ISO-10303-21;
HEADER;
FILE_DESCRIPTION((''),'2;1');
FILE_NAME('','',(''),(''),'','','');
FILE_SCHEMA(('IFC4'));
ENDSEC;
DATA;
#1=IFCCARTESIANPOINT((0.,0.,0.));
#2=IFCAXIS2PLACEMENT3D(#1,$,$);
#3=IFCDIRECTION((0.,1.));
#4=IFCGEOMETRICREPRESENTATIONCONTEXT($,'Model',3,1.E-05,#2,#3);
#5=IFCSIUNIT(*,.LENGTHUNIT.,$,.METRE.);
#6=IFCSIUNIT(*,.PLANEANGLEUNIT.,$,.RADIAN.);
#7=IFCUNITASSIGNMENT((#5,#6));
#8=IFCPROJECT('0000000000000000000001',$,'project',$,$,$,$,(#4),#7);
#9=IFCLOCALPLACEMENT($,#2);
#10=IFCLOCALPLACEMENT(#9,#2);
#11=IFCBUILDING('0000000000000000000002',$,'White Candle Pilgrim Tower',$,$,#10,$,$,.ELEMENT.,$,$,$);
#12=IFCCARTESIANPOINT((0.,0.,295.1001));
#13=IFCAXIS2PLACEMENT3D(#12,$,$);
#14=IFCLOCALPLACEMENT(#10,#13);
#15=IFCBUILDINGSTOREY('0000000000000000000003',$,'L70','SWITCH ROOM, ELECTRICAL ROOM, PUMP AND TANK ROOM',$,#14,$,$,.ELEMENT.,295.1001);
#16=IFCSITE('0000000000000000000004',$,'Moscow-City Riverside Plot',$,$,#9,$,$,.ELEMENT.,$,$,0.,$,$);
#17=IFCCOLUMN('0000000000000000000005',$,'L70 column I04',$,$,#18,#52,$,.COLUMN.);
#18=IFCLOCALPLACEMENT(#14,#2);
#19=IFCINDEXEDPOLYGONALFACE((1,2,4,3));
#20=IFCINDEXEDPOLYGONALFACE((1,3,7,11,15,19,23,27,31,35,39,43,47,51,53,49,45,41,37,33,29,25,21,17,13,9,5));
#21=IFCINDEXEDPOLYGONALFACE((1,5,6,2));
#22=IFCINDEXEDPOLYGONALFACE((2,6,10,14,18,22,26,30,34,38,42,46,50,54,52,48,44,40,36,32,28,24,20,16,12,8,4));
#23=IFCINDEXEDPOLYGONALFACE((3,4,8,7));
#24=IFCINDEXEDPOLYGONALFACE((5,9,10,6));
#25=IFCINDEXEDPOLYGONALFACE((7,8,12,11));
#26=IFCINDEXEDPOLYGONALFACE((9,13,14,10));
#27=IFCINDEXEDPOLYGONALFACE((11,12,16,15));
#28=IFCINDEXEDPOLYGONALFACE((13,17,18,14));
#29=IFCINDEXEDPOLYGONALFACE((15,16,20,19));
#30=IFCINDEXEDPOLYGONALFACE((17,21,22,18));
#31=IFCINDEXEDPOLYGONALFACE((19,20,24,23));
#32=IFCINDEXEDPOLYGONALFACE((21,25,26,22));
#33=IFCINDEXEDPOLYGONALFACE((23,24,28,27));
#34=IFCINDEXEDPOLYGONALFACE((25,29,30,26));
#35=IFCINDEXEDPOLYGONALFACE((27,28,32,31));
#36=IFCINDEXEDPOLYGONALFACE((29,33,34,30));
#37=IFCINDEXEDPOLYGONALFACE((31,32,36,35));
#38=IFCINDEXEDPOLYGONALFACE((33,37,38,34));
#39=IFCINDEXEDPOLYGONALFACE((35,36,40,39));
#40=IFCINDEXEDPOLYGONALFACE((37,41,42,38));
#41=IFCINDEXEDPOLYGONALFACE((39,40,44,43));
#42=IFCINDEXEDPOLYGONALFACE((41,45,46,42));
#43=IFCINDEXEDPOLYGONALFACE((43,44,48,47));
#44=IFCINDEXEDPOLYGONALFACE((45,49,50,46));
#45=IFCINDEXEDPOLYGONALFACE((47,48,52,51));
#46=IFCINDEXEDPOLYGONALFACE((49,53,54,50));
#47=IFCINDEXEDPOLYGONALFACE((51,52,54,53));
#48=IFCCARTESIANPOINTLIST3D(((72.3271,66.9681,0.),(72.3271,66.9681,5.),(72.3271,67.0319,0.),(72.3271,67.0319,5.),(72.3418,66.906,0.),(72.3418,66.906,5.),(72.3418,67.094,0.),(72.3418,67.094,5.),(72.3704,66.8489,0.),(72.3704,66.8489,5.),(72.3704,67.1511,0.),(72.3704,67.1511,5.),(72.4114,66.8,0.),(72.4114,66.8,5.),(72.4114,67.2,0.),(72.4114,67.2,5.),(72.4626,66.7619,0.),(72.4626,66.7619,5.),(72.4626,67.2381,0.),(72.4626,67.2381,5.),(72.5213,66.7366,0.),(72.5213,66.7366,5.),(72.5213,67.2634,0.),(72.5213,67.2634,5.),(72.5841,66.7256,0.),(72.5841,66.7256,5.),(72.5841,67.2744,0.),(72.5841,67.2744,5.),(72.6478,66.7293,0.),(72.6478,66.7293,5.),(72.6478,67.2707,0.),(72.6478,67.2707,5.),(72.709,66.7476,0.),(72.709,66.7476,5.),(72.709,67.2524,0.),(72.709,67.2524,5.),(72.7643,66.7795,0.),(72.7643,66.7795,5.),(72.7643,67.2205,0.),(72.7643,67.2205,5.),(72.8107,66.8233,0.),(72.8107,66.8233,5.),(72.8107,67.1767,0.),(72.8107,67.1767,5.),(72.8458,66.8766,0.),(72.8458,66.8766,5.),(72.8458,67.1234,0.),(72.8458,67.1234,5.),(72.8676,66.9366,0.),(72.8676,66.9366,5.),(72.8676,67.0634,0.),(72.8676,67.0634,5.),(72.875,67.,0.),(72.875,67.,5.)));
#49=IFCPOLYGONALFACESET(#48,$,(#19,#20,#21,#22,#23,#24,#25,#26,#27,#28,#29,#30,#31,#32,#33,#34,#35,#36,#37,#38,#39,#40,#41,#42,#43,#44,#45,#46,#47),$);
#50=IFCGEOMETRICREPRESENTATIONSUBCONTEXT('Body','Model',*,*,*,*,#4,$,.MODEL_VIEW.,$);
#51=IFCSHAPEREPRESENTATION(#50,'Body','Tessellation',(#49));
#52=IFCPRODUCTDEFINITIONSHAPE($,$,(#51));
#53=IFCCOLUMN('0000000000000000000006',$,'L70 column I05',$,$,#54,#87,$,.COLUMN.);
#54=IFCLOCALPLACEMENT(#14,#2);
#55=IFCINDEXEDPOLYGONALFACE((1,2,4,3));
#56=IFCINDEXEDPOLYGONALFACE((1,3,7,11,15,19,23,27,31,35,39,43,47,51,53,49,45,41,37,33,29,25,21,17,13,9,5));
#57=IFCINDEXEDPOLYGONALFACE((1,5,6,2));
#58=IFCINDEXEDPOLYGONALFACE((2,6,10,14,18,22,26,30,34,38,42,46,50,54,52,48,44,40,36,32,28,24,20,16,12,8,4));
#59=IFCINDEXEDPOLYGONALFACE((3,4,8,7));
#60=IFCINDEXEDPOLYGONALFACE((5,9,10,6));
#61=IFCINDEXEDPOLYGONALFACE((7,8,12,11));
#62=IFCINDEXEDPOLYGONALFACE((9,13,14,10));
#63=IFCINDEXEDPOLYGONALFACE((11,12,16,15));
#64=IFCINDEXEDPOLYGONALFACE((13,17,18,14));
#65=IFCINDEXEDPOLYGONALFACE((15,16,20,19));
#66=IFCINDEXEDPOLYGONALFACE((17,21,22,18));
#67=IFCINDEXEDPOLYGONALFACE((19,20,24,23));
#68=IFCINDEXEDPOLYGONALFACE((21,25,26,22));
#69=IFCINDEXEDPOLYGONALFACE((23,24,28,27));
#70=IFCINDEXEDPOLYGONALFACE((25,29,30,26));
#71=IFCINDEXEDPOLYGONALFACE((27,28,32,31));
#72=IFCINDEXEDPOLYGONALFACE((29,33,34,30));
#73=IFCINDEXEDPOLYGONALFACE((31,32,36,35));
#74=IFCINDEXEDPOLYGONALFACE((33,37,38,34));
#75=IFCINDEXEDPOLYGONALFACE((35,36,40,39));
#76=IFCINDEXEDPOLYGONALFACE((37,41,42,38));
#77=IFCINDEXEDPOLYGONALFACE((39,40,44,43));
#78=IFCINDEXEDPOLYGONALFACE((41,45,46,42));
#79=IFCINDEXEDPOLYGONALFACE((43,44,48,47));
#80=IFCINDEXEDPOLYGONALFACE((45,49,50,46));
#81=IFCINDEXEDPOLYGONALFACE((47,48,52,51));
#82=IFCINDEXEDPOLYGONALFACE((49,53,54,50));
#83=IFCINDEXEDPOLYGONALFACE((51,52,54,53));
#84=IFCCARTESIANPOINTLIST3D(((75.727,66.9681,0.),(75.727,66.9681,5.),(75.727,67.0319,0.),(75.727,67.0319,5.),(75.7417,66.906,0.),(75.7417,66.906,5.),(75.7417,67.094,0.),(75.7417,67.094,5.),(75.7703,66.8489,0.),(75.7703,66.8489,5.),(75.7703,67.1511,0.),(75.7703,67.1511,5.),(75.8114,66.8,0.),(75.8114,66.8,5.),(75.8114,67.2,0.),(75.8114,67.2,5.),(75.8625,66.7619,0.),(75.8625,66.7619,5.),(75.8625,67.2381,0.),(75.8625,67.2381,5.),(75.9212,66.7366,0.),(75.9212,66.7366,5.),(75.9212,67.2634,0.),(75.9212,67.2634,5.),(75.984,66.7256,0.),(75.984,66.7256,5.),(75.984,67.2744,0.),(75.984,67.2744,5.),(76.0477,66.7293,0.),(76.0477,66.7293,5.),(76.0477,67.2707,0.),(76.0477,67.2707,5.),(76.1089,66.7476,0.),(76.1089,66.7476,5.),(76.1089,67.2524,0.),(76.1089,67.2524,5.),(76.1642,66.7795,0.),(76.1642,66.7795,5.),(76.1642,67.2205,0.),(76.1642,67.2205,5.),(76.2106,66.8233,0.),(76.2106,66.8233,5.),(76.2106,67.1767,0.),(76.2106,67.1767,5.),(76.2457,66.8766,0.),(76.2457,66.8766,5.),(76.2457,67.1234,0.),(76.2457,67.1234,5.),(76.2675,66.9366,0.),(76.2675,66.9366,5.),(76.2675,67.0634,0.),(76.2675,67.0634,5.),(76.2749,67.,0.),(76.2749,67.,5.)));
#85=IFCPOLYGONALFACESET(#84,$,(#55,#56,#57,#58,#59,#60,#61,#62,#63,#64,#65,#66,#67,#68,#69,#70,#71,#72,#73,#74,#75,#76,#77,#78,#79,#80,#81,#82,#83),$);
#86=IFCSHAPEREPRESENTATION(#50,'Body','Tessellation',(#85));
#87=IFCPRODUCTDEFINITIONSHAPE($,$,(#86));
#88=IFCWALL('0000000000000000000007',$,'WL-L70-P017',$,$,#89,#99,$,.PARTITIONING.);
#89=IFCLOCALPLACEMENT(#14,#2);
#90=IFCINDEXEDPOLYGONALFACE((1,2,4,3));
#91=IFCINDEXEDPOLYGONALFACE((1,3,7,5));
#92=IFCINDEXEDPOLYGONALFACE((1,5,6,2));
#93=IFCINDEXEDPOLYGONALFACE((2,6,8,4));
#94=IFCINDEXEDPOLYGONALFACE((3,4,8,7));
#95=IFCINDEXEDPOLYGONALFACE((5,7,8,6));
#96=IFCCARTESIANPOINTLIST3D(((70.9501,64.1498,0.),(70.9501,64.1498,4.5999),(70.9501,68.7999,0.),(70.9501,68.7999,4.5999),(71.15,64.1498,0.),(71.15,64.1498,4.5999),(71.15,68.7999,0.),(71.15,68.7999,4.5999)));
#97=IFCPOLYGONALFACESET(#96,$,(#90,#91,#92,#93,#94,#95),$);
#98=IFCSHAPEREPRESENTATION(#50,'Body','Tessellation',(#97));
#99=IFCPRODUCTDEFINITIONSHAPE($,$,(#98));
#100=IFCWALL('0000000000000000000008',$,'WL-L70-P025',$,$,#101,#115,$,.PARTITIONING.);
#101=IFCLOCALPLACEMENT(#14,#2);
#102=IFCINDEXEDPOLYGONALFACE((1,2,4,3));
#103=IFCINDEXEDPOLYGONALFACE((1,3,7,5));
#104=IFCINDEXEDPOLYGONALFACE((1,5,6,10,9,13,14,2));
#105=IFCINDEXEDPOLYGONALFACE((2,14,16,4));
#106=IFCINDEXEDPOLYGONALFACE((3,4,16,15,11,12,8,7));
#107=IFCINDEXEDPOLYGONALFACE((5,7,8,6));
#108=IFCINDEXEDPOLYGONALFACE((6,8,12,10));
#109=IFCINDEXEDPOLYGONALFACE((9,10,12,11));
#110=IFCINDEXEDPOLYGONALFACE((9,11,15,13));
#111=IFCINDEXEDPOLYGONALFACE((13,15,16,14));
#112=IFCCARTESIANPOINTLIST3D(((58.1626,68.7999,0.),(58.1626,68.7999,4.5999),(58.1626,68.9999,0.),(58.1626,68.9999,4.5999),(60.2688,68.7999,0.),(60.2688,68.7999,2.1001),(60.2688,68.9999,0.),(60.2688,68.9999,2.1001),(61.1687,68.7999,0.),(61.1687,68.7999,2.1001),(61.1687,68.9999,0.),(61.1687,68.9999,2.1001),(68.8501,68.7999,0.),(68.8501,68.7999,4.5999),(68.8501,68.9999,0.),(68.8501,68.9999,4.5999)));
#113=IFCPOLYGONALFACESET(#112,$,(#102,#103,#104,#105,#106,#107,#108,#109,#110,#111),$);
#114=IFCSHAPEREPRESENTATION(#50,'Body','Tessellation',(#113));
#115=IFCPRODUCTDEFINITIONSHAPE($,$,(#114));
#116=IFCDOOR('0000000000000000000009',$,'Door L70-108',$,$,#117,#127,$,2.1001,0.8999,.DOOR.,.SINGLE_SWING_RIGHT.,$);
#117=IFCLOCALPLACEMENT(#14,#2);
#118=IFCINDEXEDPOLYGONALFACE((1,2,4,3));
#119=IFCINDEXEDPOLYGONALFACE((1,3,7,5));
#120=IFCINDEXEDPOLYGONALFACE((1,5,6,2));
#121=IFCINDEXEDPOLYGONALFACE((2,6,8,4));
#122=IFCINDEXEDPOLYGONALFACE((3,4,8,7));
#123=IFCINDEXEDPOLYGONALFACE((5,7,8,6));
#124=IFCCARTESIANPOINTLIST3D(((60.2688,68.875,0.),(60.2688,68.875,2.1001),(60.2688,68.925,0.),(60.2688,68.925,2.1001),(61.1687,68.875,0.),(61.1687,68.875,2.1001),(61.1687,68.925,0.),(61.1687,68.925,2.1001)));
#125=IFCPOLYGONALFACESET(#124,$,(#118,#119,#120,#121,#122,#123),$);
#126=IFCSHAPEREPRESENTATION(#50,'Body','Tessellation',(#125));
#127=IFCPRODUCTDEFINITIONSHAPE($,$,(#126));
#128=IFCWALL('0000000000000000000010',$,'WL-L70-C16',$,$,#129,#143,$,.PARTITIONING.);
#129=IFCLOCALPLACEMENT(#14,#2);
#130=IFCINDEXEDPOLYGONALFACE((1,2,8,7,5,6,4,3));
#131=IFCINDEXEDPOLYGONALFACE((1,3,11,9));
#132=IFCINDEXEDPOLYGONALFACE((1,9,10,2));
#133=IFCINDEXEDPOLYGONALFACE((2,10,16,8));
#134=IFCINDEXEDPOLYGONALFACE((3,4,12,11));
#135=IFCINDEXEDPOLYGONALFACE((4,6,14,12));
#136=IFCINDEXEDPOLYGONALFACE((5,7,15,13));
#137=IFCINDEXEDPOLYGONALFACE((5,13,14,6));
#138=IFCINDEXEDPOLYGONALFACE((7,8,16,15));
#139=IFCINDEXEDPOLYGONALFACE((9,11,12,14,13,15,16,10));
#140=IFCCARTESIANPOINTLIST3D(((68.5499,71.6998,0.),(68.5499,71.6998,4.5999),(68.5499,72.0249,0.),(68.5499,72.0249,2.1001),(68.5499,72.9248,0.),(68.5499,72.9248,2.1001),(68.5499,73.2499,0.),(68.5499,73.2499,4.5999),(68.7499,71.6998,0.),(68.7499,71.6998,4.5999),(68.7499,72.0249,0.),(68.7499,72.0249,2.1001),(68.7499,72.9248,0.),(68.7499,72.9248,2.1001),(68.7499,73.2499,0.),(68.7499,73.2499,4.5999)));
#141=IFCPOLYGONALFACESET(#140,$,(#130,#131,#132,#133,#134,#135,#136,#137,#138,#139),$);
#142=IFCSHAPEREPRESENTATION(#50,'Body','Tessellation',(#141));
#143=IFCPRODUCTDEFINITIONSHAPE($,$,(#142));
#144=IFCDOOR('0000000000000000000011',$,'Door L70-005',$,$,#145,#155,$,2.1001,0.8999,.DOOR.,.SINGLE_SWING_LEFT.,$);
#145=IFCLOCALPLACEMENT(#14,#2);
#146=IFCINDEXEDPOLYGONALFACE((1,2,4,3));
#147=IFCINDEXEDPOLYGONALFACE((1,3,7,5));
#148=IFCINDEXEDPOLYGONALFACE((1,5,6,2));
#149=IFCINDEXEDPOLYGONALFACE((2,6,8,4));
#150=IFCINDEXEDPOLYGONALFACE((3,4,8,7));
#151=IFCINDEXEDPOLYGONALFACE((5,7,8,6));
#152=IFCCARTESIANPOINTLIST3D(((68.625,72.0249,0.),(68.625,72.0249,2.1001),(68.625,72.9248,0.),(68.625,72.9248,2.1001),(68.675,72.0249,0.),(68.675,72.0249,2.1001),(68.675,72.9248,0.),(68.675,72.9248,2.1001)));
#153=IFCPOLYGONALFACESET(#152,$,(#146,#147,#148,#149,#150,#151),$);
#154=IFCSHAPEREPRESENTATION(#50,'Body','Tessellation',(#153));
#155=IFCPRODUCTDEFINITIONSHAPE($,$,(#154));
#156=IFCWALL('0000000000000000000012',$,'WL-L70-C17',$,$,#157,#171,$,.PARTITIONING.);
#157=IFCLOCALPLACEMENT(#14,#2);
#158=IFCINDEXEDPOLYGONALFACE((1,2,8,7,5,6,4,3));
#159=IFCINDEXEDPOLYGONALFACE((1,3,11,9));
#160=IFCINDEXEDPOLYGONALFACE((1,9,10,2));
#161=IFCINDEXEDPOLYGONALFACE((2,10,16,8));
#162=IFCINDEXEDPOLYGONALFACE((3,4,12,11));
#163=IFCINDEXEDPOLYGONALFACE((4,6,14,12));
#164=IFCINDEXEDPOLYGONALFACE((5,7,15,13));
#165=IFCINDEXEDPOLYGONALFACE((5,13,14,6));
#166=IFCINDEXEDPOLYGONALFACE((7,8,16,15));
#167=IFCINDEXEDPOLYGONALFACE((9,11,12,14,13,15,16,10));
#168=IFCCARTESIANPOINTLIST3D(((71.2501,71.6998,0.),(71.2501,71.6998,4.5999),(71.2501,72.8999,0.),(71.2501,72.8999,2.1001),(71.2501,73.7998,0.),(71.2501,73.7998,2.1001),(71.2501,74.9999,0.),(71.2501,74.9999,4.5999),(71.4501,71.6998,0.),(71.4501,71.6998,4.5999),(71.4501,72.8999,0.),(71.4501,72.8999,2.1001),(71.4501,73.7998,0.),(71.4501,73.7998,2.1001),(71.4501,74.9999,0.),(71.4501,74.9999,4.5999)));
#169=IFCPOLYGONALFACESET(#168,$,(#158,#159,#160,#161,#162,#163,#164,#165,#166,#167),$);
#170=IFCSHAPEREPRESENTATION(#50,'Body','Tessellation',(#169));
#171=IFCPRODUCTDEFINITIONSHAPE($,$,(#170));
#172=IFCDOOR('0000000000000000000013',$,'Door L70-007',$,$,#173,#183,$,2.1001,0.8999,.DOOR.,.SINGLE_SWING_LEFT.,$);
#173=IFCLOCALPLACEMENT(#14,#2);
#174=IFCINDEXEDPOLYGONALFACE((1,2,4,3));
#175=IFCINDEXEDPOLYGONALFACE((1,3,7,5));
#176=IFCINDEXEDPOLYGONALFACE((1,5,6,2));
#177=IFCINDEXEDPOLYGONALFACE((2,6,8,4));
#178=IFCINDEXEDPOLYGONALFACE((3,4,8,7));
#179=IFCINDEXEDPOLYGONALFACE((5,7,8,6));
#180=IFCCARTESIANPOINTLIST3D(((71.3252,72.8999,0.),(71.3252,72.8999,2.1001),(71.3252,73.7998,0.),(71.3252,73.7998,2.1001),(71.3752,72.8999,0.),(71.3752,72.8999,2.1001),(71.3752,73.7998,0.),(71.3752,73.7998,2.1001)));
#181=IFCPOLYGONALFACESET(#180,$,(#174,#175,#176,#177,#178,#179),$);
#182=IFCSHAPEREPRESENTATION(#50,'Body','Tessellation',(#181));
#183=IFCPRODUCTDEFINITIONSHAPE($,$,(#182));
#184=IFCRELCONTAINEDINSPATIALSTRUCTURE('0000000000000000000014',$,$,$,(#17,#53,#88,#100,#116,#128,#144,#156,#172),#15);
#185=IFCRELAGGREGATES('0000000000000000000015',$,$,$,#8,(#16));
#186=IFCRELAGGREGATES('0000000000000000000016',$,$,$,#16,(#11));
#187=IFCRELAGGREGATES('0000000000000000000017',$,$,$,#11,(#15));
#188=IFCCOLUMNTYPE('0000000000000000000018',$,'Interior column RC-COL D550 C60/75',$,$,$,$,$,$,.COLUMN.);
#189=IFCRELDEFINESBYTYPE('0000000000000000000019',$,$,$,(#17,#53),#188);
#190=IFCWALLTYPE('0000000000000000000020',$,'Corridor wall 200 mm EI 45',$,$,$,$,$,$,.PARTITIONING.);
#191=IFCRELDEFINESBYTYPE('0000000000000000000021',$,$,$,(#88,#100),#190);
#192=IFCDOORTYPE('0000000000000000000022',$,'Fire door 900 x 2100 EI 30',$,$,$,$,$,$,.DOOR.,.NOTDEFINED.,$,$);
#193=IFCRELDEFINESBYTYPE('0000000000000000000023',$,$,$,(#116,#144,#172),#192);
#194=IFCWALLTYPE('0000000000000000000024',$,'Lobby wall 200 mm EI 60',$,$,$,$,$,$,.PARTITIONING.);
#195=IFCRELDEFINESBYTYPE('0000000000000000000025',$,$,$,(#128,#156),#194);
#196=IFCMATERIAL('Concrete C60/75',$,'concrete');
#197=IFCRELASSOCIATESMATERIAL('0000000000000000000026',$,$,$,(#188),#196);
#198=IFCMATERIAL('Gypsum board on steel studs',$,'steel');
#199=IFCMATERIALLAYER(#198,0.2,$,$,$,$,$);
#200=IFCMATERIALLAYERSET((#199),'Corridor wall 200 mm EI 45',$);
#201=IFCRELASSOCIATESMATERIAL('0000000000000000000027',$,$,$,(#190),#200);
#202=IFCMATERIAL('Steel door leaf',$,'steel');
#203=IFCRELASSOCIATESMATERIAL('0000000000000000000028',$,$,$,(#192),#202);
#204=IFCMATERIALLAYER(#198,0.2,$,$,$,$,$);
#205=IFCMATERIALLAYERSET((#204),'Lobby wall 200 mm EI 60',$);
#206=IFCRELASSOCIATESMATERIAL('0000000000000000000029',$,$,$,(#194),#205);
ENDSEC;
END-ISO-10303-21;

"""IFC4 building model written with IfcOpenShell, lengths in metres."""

from ifc_helpers import new_model, si_unit, direction, frame, frame_2d, origin, origin_2d, place, context, subcontext, project, spatial, rectangle, circle, extrude, material, layer, layer_set, material_profile, profile_set, type_object, element, fill, save


model = new_model("IFC4")

# Units and contexts
model_context = context("Model", 3, precision=1e-05, world=origin(), true_north=direction((0.0, 1.0)))
body_context = subcontext(model_context, "Body", "Model", "MODEL_VIEW")
ifc_project = project(units=[si_unit("LENGTHUNIT", "METRE"), si_unit("PLANEANGLEUNIT", "RADIAN")], contexts=[model_context])

# Site, building, storey
site_placement = place(None, origin())
site = spatial("IfcSite", under=ifc_project, at=site_placement, Name="Moscow-City Riverside Plot", CompositionType="ELEMENT", RefElevation=0.0)
building_placement = place(site_placement, origin())
building = spatial("IfcBuilding", under=site, at=building_placement, Name="White Candle Pilgrim Tower", CompositionType="ELEMENT")
storey_placement = place(building_placement, frame((0.0, 0.0, 295.1001)))
storey = spatial("IfcBuildingStorey", under=building, at=storey_placement, Name="L70", Description="SWITCH ROOM, ELECTRICAL ROOM, PUMP AND TANK ROOM", CompositionType="ELEMENT", Elevation=295.1001)

# Columns
ifc_material_1 = material(Name="Concrete C60/75", Category="concrete")
ifc_material_profile = material_profile(ifc_material_1, circle(Radius=0.2749, at=origin_2d()), Name="RC-COL D550")
ifc_profile_set = profile_set([ifc_material_profile], Name="Concrete C60/75")
column_type = type_object("IfcColumnType", Name="Interior column RC-COL D550 C60/75", PredefinedType="COLUMN", material=ifc_profile_set)
for number, where, z_axis, x_axis, name in (
    (1, (72.6001, 67.0, 0.0), (0.0, 0.0, 1.0), (1.0, 0.0, 0.0), "L70 column I04"),
    (2, (76.0, 67.0, 0.0), (0.0, 0.0, 1.0), (1.0, 0.0, 0.0), "L70 column I05"),
):
    element("IfcColumn", number, at=place(storey_placement, frame(where, z_axis=z_axis, x_axis=x_axis)), inside=storey, type_object=column_type, Name=name, PredefinedType="COLUMN", context=body_context, shape_type="SweptSolid", body=[
        extrude(circle(Radius=0.2749, at=origin_2d()), origin(), (0.0, 0.0, 1.0), 5.0),
    ])

# Wall
ifc_material_2 = material(Name="Gypsum board on steel studs", Category="steel")
ifc_layer_1 = layer(ifc_material_2, 0.2)
ifc_layer_set_1 = layer_set([ifc_layer_1], Name="Corridor wall 200 mm EI 45")
wall_type_1 = type_object("IfcWallType", Name="Corridor wall 200 mm EI 45", PredefinedType="PARTITIONING", material=ifc_layer_set_1)
wall_1_placement = place(storey_placement, frame((71.05, 68.8, 0.0), z_axis=(0.0, 0.0, 1.0), x_axis=(0.0, -1.0, 0.0)))
element("IfcWall", 3, at=wall_1_placement, inside=storey, type_object=wall_type_1, Name="WL-L70-P017", PredefinedType="PARTITIONING", context=body_context, shape_type="SweptSolid", body=[
    extrude(rectangle(XDim=4.6501, YDim=0.2, at=frame_2d((2.3252, 0.0))), origin(), (0.0, 0.0, 1.0), 4.5999),
])

# Walls, openings, doors
wall_2_placement = place(storey_placement, frame((68.8501, 68.8999, 0.0), z_axis=(0.0, 0.0, 1.0), x_axis=(-1.0, 0.0, 0.0)))
wall_2 = element("IfcWall", 4, at=wall_2_placement, inside=storey, type_object=wall_type_1, Name="WL-L70-P025", PredefinedType="PARTITIONING", context=body_context, shape_type="SweptSolid", body=[
    extrude(rectangle(XDim=10.6875, YDim=0.2, at=frame_2d((5.3438, 0.0))), origin(), (0.0, 0.0, 1.0), 4.5999),
])
opening_1_placement = place(wall_2_placement, frame((7.6814, 0.0, 0.0)))
opening_1 = element("IfcOpeningElement", 5, at=opening_1_placement, cuts=wall_2, PredefinedType="OPENING", context=body_context, shape_type="SweptSolid", body=[
    extrude(rectangle(XDim=0.8999, YDim=2.1001, at=frame_2d((0.45, 1.05))), frame((0.0, 0.1099, 0.0), z_axis=(0.0, -1.0, 0.0), x_axis=(1.0, 0.0, 0.0)), (0.0, 0.0, 1.0), 0.22),
])
ifc_material_3 = material(Name="Steel door leaf", Category="steel")
door_type = type_object("IfcDoorType", Name="Fire door 900 x 2100 EI 30", OperationType="NOTDEFINED", PredefinedType="DOOR", material=ifc_material_3)
door_1_placement = place(opening_1_placement, origin())
door_1 = element("IfcDoor", 6, at=door_1_placement, inside=storey, type_object=door_type, Name="Door L70-108", OperationType="SINGLE_SWING_RIGHT", OverallHeight=2.1001, OverallWidth=0.8999, PredefinedType="DOOR", context=body_context, shape_type="SweptSolid", body=[
    extrude(rectangle(XDim=0.8999, YDim=2.1001, at=frame_2d((0.45, 1.05))), frame((0.0, 0.0249, 0.0), z_axis=(0.0, -1.0, 0.0), x_axis=(1.0, 0.0, 0.0)), (0.0, 0.0, 1.0), 0.05),
])
fill(opening_1, door_1)
ifc_layer_2 = layer(ifc_material_2, 0.2)
ifc_layer_set_2 = layer_set([ifc_layer_2], Name="Lobby wall 200 mm EI 60")
wall_type_2 = type_object("IfcWallType", Name="Lobby wall 200 mm EI 60", PredefinedType="PARTITIONING", material=ifc_layer_set_2)
wall_3_placement = place(storey_placement, frame((68.6499, 71.7, 0.0), z_axis=(0.0, 0.0, 1.0), x_axis=(0.0, 1.0, 0.0)))
wall_3 = element("IfcWall", 7, at=wall_3_placement, inside=storey, type_object=wall_type_2, Name="WL-L70-C16", PredefinedType="PARTITIONING", context=body_context, shape_type="SweptSolid", body=[
    extrude(rectangle(XDim=1.55, YDim=0.2, at=frame_2d((0.7749, 0.0))), origin(), (0.0, 0.0, 1.0), 4.5999),
])
opening_2_placement = place(wall_3_placement, frame((0.325, 0.0, 0.0)))
opening_2 = element("IfcOpeningElement", 8, at=opening_2_placement, cuts=wall_3, PredefinedType="OPENING", context=body_context, shape_type="SweptSolid", body=[
    extrude(rectangle(XDim=0.8999, YDim=2.1001, at=frame_2d((0.45, 1.05))), frame((0.0, 0.1099, 0.0), z_axis=(0.0, -1.0, 0.0), x_axis=(1.0, 0.0, 0.0)), (0.0, 0.0, 1.0), 0.22),
])
door_2_placement = place(opening_2_placement, origin())
door_2 = element("IfcDoor", 9, at=door_2_placement, inside=storey, type_object=door_type, Name="Door L70-005", OperationType="SINGLE_SWING_LEFT", OverallHeight=2.1001, OverallWidth=0.8999, PredefinedType="DOOR", context=body_context, shape_type="SweptSolid", body=[
    extrude(rectangle(XDim=0.8999, YDim=2.1001, at=frame_2d((0.45, 1.05))), frame((0.0, 0.0249, 0.0), z_axis=(0.0, -1.0, 0.0), x_axis=(1.0, 0.0, 0.0)), (0.0, 0.0, 1.0), 0.05),
])
fill(opening_2, door_2)
wall_4_placement = place(storey_placement, frame((71.3501, 71.7, 0.0), z_axis=(0.0, 0.0, 1.0), x_axis=(0.0, 1.0, 0.0)))
wall_4 = element("IfcWall", 10, at=wall_4_placement, inside=storey, type_object=wall_type_2, Name="WL-L70-C17", PredefinedType="PARTITIONING", context=body_context, shape_type="SweptSolid", body=[
    extrude(rectangle(XDim=3.3, YDim=0.2, at=frame_2d((1.6499, 0.0))), origin(), (0.0, 0.0, 1.0), 4.5999),
])
opening_3_placement = place(wall_4_placement, frame((1.2, 0.0, 0.0)))
opening_3 = element("IfcOpeningElement", 11, at=opening_3_placement, cuts=wall_4, PredefinedType="OPENING", context=body_context, shape_type="SweptSolid", body=[
    extrude(rectangle(XDim=0.8999, YDim=2.1001, at=frame_2d((0.45, 1.05))), frame((0.0, 0.1099, 0.0), z_axis=(0.0, -1.0, 0.0), x_axis=(1.0, 0.0, 0.0)), (0.0, 0.0, 1.0), 0.22),
])
door_3_placement = place(opening_3_placement, origin())
door_3 = element("IfcDoor", 12, at=door_3_placement, inside=storey, type_object=door_type, Name="Door L70-007", OperationType="SINGLE_SWING_LEFT", OverallHeight=2.1001, OverallWidth=0.8999, PredefinedType="DOOR", context=body_context, shape_type="SweptSolid", body=[
    extrude(rectangle(XDim=0.8999, YDim=2.1001, at=frame_2d((0.45, 1.05))), frame((0.0, 0.0249, 0.0), z_axis=(0.0, -1.0, 0.0), x_axis=(1.0, 0.0, 0.0)), (0.0, 0.0, 1.0), 0.05),
])
fill(opening_3, door_3)

save(model, "model.ifc")
